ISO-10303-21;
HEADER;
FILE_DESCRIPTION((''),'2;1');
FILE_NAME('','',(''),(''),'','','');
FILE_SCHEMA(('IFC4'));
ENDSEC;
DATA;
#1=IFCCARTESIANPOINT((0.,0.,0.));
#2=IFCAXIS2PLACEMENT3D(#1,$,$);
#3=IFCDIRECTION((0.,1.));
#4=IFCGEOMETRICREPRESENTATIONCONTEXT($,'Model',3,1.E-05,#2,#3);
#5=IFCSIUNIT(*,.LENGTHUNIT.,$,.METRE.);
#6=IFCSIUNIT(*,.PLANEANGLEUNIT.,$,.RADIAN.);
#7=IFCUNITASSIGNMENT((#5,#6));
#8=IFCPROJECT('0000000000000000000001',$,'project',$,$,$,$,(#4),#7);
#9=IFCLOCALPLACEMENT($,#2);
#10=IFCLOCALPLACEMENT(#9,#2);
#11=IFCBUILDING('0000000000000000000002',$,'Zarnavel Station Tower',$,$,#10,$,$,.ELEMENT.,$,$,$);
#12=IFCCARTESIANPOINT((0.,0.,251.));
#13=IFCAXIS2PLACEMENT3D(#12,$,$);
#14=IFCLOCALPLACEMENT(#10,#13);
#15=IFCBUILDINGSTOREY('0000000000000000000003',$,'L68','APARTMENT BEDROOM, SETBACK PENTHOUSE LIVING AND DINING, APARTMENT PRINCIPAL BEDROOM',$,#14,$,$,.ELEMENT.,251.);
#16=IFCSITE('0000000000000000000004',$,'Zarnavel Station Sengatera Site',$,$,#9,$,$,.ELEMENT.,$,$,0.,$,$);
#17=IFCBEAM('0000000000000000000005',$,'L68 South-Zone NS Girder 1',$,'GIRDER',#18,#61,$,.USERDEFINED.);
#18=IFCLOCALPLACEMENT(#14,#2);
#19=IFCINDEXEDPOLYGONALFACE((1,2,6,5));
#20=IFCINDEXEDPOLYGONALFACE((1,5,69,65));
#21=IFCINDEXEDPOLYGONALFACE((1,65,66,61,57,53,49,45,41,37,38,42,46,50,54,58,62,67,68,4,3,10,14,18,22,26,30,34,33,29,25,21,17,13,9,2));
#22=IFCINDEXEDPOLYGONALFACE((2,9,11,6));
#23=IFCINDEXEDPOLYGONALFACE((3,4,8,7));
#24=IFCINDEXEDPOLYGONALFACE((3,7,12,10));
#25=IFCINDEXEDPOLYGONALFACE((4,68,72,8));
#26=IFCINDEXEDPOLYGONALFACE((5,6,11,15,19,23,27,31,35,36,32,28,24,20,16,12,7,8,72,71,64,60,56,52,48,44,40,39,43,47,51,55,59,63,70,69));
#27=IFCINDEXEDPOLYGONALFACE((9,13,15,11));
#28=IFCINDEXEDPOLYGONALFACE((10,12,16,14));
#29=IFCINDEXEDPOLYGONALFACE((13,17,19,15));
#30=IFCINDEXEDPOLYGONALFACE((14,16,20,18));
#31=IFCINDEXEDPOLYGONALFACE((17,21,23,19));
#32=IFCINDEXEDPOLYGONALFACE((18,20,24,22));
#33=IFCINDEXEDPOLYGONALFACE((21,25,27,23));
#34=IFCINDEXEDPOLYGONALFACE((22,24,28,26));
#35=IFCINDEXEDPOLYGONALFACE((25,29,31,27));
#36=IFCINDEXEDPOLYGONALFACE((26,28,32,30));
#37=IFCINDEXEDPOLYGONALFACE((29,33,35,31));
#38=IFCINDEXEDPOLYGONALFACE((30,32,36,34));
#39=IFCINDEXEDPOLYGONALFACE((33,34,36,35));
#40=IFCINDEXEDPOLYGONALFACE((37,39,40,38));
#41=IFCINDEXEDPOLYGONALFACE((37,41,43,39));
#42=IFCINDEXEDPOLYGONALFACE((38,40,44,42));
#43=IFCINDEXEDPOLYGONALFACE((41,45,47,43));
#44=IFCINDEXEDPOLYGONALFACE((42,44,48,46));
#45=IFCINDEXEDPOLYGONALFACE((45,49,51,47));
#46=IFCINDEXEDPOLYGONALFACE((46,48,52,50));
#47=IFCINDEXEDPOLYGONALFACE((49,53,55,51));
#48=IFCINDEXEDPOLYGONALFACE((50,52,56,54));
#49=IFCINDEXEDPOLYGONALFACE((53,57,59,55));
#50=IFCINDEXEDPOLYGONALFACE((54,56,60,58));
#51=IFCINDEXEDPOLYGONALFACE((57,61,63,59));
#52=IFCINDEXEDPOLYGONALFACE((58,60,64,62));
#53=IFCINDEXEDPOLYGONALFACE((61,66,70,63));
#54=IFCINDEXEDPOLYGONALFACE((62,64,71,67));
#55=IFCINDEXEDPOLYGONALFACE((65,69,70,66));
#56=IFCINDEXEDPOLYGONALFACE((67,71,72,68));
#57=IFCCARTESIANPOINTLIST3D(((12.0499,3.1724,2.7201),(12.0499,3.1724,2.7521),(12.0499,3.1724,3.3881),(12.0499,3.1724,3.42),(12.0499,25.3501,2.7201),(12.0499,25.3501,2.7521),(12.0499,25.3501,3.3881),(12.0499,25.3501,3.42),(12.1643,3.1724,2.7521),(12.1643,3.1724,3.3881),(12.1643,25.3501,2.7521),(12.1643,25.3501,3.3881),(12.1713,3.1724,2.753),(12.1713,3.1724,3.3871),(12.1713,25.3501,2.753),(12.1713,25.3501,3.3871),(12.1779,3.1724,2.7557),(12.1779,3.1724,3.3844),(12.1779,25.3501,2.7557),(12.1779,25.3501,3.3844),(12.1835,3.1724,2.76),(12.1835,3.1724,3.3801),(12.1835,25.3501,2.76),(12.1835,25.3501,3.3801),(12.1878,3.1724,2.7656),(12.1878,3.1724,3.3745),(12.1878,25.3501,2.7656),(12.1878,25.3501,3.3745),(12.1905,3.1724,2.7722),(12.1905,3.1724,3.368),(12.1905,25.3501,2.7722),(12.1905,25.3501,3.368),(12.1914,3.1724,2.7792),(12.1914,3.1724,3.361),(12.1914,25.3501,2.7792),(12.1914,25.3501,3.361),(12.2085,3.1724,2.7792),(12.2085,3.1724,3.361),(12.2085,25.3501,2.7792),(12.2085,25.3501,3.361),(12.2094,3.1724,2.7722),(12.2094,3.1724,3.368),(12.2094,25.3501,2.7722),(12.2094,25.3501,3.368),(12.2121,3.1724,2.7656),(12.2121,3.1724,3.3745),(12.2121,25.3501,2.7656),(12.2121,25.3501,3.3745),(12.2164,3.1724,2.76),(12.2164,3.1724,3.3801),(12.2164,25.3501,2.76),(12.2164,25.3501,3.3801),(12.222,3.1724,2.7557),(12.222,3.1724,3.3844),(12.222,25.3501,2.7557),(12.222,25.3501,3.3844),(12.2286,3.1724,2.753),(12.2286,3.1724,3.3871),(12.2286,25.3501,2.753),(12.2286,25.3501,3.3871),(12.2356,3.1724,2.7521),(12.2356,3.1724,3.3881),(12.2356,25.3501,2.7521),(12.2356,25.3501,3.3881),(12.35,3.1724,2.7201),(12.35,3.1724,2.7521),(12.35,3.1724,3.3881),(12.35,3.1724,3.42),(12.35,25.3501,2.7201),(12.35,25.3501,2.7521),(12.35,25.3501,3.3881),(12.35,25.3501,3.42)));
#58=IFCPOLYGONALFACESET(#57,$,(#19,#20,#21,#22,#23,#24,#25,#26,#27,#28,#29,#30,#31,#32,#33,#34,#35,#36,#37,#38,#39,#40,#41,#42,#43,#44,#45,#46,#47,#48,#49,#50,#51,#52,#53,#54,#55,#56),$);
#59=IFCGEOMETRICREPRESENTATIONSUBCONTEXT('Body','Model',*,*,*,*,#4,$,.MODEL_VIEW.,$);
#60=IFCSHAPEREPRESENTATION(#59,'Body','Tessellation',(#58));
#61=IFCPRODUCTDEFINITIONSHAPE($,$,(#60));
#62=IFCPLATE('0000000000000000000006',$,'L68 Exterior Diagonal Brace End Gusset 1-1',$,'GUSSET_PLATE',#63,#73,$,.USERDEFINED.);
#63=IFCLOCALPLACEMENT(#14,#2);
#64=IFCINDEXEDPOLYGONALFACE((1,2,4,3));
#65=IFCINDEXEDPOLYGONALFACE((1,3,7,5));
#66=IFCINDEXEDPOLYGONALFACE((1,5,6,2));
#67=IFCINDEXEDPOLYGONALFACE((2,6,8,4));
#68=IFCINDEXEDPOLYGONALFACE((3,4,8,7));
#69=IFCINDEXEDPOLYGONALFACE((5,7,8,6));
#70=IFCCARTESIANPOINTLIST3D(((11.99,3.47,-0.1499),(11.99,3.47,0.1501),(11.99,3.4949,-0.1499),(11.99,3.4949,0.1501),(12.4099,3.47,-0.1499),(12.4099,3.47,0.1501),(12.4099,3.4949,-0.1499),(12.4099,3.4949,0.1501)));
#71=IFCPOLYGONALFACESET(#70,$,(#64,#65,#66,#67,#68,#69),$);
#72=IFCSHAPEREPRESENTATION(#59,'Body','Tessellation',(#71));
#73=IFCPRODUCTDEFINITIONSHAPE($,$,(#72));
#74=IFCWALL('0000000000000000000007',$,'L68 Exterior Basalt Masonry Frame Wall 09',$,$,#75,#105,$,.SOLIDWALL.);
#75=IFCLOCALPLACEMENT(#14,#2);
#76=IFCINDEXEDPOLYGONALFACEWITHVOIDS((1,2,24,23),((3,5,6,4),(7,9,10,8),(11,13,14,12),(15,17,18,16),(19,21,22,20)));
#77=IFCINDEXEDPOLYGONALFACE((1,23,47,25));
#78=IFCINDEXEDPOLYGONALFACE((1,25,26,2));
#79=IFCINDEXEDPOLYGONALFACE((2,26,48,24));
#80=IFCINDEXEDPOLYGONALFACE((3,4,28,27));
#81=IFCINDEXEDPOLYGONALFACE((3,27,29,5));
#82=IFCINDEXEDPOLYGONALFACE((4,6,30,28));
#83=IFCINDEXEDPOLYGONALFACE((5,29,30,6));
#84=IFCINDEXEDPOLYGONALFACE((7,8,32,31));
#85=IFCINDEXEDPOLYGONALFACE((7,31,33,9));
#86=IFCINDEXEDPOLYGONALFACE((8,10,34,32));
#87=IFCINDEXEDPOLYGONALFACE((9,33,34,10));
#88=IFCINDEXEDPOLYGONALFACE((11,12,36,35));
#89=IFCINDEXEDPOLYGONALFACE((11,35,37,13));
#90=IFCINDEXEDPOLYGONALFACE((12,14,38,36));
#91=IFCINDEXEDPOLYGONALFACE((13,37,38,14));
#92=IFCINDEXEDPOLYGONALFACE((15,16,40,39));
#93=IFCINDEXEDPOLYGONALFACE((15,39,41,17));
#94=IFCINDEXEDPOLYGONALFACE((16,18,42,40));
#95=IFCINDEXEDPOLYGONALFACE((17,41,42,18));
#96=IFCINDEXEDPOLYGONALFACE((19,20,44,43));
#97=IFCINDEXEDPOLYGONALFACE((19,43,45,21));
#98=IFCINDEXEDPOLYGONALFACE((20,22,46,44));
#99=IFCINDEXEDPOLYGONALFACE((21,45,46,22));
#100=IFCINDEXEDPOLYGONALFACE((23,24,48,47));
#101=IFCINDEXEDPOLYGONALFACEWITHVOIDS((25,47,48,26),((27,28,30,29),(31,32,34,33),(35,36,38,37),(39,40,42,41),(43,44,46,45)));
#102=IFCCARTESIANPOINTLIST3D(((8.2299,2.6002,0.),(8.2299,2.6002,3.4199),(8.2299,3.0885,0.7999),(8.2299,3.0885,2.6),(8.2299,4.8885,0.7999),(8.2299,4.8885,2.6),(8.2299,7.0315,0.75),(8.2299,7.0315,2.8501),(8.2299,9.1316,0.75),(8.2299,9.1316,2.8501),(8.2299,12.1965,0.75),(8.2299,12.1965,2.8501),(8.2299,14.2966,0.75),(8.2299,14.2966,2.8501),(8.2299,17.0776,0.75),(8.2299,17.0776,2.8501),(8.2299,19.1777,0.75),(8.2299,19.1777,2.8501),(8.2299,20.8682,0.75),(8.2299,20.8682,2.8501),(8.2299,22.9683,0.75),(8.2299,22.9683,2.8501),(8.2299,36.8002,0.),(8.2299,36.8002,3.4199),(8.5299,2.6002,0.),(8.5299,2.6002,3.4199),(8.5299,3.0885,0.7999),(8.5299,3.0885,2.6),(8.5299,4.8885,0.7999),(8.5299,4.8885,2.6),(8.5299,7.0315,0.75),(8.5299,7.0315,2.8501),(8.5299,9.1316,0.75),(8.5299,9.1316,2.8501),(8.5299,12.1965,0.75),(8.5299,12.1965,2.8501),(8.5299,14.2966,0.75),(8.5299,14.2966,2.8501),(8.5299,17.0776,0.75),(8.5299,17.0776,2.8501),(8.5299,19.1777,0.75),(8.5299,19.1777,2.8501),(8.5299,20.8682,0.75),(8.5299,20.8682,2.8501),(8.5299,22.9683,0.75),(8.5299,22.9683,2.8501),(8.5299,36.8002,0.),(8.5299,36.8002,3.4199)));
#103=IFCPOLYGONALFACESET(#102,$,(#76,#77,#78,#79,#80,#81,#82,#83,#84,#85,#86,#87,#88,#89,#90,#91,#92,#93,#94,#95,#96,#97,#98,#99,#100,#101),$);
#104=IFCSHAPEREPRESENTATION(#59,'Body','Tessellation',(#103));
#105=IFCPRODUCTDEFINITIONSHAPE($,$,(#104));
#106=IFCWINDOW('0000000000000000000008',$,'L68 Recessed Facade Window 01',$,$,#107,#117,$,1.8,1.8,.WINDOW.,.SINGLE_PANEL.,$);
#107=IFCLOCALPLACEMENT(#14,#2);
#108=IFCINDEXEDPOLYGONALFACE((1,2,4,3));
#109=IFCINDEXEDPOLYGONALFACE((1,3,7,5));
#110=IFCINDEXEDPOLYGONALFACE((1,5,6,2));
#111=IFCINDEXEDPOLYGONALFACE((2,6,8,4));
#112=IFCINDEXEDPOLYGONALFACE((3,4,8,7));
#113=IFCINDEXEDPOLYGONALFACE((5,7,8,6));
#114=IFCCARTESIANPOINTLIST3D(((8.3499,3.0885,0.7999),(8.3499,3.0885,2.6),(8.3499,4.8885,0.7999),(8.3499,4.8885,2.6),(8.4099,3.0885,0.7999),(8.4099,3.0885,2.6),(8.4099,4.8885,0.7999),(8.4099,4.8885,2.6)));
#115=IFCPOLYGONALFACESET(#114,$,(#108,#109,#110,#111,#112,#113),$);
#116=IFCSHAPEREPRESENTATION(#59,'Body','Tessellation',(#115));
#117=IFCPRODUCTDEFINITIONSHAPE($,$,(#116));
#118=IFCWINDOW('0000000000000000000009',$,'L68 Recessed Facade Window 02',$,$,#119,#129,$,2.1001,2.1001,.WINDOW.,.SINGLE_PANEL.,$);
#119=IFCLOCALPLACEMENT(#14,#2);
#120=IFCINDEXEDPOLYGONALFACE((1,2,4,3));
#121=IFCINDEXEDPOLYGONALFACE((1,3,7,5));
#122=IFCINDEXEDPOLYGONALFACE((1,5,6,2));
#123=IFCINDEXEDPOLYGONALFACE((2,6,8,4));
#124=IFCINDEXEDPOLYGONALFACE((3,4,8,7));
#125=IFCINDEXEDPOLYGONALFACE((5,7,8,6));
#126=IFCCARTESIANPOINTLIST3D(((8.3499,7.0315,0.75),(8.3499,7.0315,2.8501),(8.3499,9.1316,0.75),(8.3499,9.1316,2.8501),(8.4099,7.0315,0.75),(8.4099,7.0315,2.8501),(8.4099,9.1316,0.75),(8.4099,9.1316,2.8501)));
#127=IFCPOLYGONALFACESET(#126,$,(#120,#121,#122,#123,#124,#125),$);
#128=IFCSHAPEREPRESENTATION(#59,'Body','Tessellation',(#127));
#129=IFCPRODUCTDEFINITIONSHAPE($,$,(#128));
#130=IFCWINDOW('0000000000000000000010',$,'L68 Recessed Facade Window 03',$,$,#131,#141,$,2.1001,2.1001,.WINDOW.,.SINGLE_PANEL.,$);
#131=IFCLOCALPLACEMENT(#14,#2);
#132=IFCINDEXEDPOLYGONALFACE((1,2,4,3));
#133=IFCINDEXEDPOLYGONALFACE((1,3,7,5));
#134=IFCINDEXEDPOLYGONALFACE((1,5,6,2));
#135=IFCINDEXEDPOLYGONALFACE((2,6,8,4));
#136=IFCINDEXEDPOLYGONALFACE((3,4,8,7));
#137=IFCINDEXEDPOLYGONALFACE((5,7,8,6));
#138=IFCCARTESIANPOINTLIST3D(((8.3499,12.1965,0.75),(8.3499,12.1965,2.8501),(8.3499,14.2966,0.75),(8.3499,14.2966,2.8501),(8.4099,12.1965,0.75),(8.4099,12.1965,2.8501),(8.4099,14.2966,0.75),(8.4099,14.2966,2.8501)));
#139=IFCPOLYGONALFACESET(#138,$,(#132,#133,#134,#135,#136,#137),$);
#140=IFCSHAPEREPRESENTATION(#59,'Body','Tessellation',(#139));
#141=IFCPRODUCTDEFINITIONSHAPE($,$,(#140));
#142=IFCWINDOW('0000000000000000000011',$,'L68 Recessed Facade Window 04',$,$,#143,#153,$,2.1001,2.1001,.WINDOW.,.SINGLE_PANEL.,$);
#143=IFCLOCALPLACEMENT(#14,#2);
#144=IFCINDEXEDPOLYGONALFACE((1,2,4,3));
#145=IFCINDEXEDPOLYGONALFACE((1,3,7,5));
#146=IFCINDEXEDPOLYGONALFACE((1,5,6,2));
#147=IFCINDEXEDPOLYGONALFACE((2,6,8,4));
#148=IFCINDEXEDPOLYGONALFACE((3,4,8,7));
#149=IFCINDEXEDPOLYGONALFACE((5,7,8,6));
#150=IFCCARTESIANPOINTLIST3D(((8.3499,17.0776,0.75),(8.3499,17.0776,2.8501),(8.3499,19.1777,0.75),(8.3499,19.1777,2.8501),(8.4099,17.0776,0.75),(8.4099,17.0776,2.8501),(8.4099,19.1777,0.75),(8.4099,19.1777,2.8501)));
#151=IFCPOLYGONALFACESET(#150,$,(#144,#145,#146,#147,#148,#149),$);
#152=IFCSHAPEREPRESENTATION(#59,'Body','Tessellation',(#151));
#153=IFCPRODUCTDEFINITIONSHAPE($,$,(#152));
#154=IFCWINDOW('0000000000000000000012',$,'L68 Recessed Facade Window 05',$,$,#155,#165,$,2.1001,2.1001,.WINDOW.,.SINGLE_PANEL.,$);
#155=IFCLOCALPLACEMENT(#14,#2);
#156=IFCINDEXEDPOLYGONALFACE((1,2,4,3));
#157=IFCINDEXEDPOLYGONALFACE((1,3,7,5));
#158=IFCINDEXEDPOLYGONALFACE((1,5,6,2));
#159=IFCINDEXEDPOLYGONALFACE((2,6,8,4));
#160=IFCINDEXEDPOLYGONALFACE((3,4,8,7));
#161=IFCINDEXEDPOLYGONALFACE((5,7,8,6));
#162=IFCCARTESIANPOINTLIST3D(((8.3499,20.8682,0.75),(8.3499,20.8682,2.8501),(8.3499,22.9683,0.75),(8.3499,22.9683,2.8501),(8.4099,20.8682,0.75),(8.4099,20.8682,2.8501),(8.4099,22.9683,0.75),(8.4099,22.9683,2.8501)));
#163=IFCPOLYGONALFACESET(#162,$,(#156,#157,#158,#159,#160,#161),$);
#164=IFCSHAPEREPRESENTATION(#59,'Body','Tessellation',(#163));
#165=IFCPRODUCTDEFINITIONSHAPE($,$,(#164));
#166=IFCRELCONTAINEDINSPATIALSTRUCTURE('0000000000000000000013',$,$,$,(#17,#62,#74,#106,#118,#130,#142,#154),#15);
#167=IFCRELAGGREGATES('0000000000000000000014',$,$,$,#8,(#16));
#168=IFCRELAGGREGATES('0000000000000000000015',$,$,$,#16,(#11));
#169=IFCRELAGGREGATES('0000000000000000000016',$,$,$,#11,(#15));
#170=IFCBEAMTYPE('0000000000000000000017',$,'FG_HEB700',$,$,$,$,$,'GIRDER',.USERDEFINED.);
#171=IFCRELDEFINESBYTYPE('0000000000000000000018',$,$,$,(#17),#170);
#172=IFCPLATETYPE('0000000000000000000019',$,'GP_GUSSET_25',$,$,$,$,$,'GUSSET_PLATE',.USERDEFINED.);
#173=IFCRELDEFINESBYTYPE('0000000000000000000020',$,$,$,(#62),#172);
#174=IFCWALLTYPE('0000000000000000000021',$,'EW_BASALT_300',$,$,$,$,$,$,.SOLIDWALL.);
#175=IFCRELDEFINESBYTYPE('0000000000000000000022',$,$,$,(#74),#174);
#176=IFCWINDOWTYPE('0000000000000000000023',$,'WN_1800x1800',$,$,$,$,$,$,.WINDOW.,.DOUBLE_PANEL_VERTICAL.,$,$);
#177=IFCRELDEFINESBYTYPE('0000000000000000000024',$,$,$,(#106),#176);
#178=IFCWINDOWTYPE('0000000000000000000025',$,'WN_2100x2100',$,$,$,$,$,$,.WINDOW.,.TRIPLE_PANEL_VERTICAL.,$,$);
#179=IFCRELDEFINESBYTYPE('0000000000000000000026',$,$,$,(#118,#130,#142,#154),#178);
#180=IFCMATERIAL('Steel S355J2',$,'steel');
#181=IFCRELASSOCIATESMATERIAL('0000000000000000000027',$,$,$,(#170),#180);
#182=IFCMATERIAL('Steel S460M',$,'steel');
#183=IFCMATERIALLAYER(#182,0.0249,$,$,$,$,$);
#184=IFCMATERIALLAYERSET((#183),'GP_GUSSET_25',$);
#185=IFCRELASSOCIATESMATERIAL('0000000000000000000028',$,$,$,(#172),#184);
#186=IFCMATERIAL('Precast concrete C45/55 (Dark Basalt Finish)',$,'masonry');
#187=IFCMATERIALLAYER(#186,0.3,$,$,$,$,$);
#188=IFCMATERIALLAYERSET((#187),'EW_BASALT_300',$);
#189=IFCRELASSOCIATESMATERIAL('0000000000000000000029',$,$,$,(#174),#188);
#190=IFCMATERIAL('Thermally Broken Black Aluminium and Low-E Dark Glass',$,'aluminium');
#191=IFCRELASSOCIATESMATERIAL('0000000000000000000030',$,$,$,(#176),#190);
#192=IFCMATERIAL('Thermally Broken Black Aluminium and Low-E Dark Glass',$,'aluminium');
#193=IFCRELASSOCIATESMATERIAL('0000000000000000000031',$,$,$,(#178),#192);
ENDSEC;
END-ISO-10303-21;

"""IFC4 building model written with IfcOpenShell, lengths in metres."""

from ifc_helpers import new_model, si_unit, direction, frame, frame_2d, origin, origin_2d, place, context, subcontext, project, spatial, rectangle, i_section, extrude, material, layer, layer_set, material_profile, profile_set, type_object, element, fill, save


model = new_model("IFC4")

# Units and contexts
model_context = context("Model", 3, precision=1e-05, world=origin(), true_north=direction((0.0, 1.0)))
body_context = subcontext(model_context, "Body", "Model", "MODEL_VIEW")
ifc_project = project(units=[si_unit("LENGTHUNIT", "METRE"), si_unit("PLANEANGLEUNIT", "RADIAN")], contexts=[model_context])

# Site, building, storey
site_placement = place(None, origin())
site = spatial("IfcSite", under=ifc_project, at=site_placement, Name="Zarnavel Station Sengatera Site", CompositionType="ELEMENT", RefElevation=0.0)
building_placement = place(site_placement, origin())
building = spatial("IfcBuilding", under=site, at=building_placement, Name="Zarnavel Station Tower", CompositionType="ELEMENT")
storey_placement = place(building_placement, frame((0.0, 0.0, 251.0)))
storey = spatial("IfcBuildingStorey", under=building, at=storey_placement, Name="L68", Description="APARTMENT BEDROOM, SETBACK PENTHOUSE LIVING AND DINING, APARTMENT PRINCIPAL BEDROOM", CompositionType="ELEMENT", Elevation=251.0)

# Beam
ifc_material_1 = material(Name="Steel S355J2", Category="steel")
ifc_material_profile_1 = material_profile(ifc_material_1, i_section(OverallWidth=0.3, OverallDepth=0.7, WebThickness=0.0171, FlangeThickness=0.032, FilletRadius=0.0271, at=origin_2d()), Name="HEB700")
ifc_profile_set_1 = profile_set([ifc_material_profile_1], Name="Steel S355J2")
beam_type_1 = type_object("IfcBeamType", Name="FG_HEB700", ElementType="GIRDER", PredefinedType="USERDEFINED", material=ifc_profile_set_1)
beam_1_placement = place(storey_placement, frame((12.2, 3.1724, 3.0701), z_axis=(0.0, 1.0, 0.0), x_axis=(-1.0, 0.0, 0.0)))
element("IfcBeam", 1, at=beam_1_placement, inside=storey, type_object=beam_type_1, Name="L68 South-Zone NS Girder 1", ObjectType="GIRDER", PredefinedType="USERDEFINED", context=body_context, shape_type="SweptSolid", body=[
    extrude(i_section(OverallWidth=0.3, OverallDepth=0.7, WebThickness=0.0171, FlangeThickness=0.032, FilletRadius=0.0271, at=origin_2d()), origin(), (0.0, 0.0, 1.0), 22.1777),
])

# Plate
ifc_material_2 = material(Name="Steel S460M", Category="steel")
ifc_layer_1 = layer(ifc_material_2, 0.0249)
ifc_layer_set_1 = layer_set([ifc_layer_1], Name="GP_GUSSET_25")
plate_type = type_object("IfcPlateType", Name="GP_GUSSET_25", ElementType="GUSSET_PLATE", PredefinedType="USERDEFINED", material=ifc_layer_set_1)
plate_placement = place(storey_placement, frame((12.2, 3.4824, -0.1499), z_axis=(0.0, 0.0, 1.0), x_axis=(1.0, 0.0, 0.0)))
element("IfcPlate", 2, at=plate_placement, inside=storey, type_object=plate_type, Name="L68 Exterior Diagonal Brace End Gusset 1-1", ObjectType="GUSSET_PLATE", PredefinedType="USERDEFINED", context=body_context, shape_type="SweptSolid", body=[
    extrude(rectangle(XDim=0.4199, YDim=0.0249, at=origin_2d()), origin(), (0.0, 0.0, 1.0), 0.3),
])

# Wall, openings, windows
ifc_material_3 = material(Name="Precast concrete C45/55 (Dark Basalt Finish)", Category="masonry")
ifc_layer_2 = layer(ifc_material_3, 0.3)
ifc_layer_set_2 = layer_set([ifc_layer_2], Name="EW_BASALT_300")
wall_type_1 = type_object("IfcWallType", Name="EW_BASALT_300", PredefinedType="SOLIDWALL", material=ifc_layer_set_2)
wall_1_placement = place(storey_placement, frame((8.3799, 2.6001, 0.0), z_axis=(0.0, 0.0, 1.0), x_axis=(0.0, 1.0, 0.0)))
wall_1 = element("IfcWall", 3, at=wall_1_placement, inside=storey, type_object=wall_type_1, Name="L68 Exterior Basalt Masonry Frame Wall 09", PredefinedType="SOLIDWALL", context=body_context, shape_type="SweptSolid", body=[
    extrude(rectangle(XDim=34.2, YDim=0.3, at=frame_2d((17.1001, 0.0))), origin(), (0.0, 0.0, 1.0), 3.4199),
])
opening_1_placement = place(wall_1_placement, frame((0.4885, 0.0, 0.8)))
opening_1 = element("IfcOpeningElement", 4, at=opening_1_placement, cuts=wall_1, PredefinedType="OPENING", context=body_context, shape_type="SweptSolid", body=[
    extrude(rectangle(XDim=1.8, YDim=1.8, at=frame_2d((0.8999, 0.8999))), frame((0.0, 0.1599, 0.0), z_axis=(0.0, -1.0, 0.0), x_axis=(1.0, 0.0, 0.0)), (0.0, 0.0, 1.0), 0.3201),
])
opening_2_placement = place(wall_1_placement, frame((4.4314, 0.0, 0.75)))
opening_2 = element("IfcOpeningElement", 5, at=opening_2_placement, cuts=wall_1, PredefinedType="OPENING", context=body_context, shape_type="SweptSolid", body=[
    extrude(rectangle(XDim=2.1001, YDim=2.1001, at=frame_2d((1.05, 1.05))), frame((0.0, 0.1599, 0.0), z_axis=(0.0, -1.0, 0.0), x_axis=(1.0, 0.0, 0.0)), (0.0, 0.0, 1.0), 0.3201),
])
opening_3_placement = place(wall_1_placement, frame((9.5964, 0.0, 0.75)))
opening_3 = element("IfcOpeningElement", 6, at=opening_3_placement, cuts=wall_1, PredefinedType="OPENING", context=body_context, shape_type="SweptSolid", body=[
    extrude(rectangle(XDim=2.1001, YDim=2.1001, at=frame_2d((1.05, 1.05))), frame((0.0, 0.1599, 0.0), z_axis=(0.0, -1.0, 0.0), x_axis=(1.0, 0.0, 0.0)), (0.0, 0.0, 1.0), 0.3201),
])
opening_4_placement = place(wall_1_placement, frame((14.4775, 0.0, 0.75)))
opening_4 = element("IfcOpeningElement", 7, at=opening_4_placement, cuts=wall_1, PredefinedType="OPENING", context=body_context, shape_type="SweptSolid", body=[
    extrude(rectangle(XDim=2.1001, YDim=2.1001, at=frame_2d((1.05, 1.05))), frame((0.0, 0.1599, 0.0), z_axis=(0.0, -1.0, 0.0), x_axis=(1.0, 0.0, 0.0)), (0.0, 0.0, 1.0), 0.3201),
])
opening_5_placement = place(wall_1_placement, frame((18.2681, 0.0, 0.75)))
opening_5 = element("IfcOpeningElement", 8, at=opening_5_placement, cuts=wall_1, PredefinedType="OPENING", context=body_context, shape_type="SweptSolid", body=[
    extrude(rectangle(XDim=2.1001, YDim=2.1001, at=frame_2d((1.05, 1.05))), frame((0.0, 0.1599, 0.0), z_axis=(0.0, -1.0, 0.0), x_axis=(1.0, 0.0, 0.0)), (0.0, 0.0, 1.0), 0.3201),
])
ifc_material_4 = material(Name="Thermally Broken Black Aluminium and Low-E Dark Glass", Category="aluminium")
window_type_1 = type_object("IfcWindowType", Name="WN_1800x1800", PartitioningType="DOUBLE_PANEL_VERTICAL", PredefinedType="WINDOW", material=ifc_material_4)
window_1_placement = place(opening_1_placement, origin())
window_1 = element("IfcWindow", 9, at=window_1_placement, inside=storey, type_object=window_type_1, Name="L68 Recessed Facade Window 01", OverallHeight=1.8, OverallWidth=1.8, PartitioningType="SINGLE_PANEL", PredefinedType="WINDOW", context=body_context, shape_type="SweptSolid", body=[
    extrude(rectangle(XDim=1.8, YDim=1.8, at=frame_2d((0.8999, 0.8999))), frame((0.0, 0.03, 0.0), z_axis=(0.0, -1.0, 0.0), x_axis=(1.0, 0.0, 0.0)), (0.0, 0.0, 1.0), 0.0601),
])
fill(opening_1, window_1)
ifc_material_5 = material(Name="Thermally Broken Black Aluminium and Low-E Dark Glass", Category="aluminium")
window_type_2 = type_object("IfcWindowType", Name="WN_2100x2100", PartitioningType="TRIPLE_PANEL_VERTICAL", PredefinedType="WINDOW", material=ifc_material_5)
window_2_placement = place(opening_2_placement, origin())
window_2 = element("IfcWindow", 10, at=window_2_placement, inside=storey, type_object=window_type_2, Name="L68 Recessed Facade Window 02", OverallHeight=2.1001, OverallWidth=2.1001, PartitioningType="SINGLE_PANEL", PredefinedType="WINDOW", context=body_context, shape_type="SweptSolid", body=[
    extrude(rectangle(XDim=2.1001, YDim=2.1001, at=frame_2d((1.05, 1.05))), frame((0.0, 0.03, 0.0), z_axis=(0.0, -1.0, 0.0), x_axis=(1.0, 0.0, 0.0)), (0.0, 0.0, 1.0), 0.0601),
])
fill(opening_2, window_2)
window_3_placement = place(opening_3_placement, origin())
window_3 = element("IfcWindow", 11, at=window_3_placement, inside=storey, type_object=window_type_2, Name="L68 Recessed Facade Window 03", OverallHeight=2.1001, OverallWidth=2.1001, PartitioningType="SINGLE_PANEL", PredefinedType="WINDOW", context=body_context, shape_type="SweptSolid", body=[
    extrude(rectangle(XDim=2.1001, YDim=2.1001, at=frame_2d((1.05, 1.05))), frame((0.0, 0.03, 0.0), z_axis=(0.0, -1.0, 0.0), x_axis=(1.0, 0.0, 0.0)), (0.0, 0.0, 1.0), 0.0601),
])
fill(opening_3, window_3)
window_4_placement = place(opening_4_placement, origin())
window_4 = element("IfcWindow", 12, at=window_4_placement, inside=storey, type_object=window_type_2, Name="L68 Recessed Facade Window 04", OverallHeight=2.1001, OverallWidth=2.1001, PartitioningType="SINGLE_PANEL", PredefinedType="WINDOW", context=body_context, shape_type="SweptSolid", body=[
    extrude(rectangle(XDim=2.1001, YDim=2.1001, at=frame_2d((1.05, 1.05))), frame((0.0, 0.03, 0.0), z_axis=(0.0, -1.0, 0.0), x_axis=(1.0, 0.0, 0.0)), (0.0, 0.0, 1.0), 0.0601),
])
fill(opening_4, window_4)
window_5_placement = place(opening_5_placement, origin())
window_5 = element("IfcWindow", 13, at=window_5_placement, inside=storey, type_object=window_type_2, Name="L68 Recessed Facade Window 05", OverallHeight=2.1001, OverallWidth=2.1001, PartitioningType="SINGLE_PANEL", PredefinedType="WINDOW", context=body_context, shape_type="SweptSolid", body=[
    extrude(rectangle(XDim=2.1001, YDim=2.1001, at=frame_2d((1.05, 1.05))), frame((0.0, 0.03, 0.0), z_axis=(0.0, -1.0, 0.0), x_axis=(1.0, 0.0, 0.0)), (0.0, 0.0, 1.0), 0.0601),
])
fill(opening_5, window_5)

save(model, "model.ifc")
